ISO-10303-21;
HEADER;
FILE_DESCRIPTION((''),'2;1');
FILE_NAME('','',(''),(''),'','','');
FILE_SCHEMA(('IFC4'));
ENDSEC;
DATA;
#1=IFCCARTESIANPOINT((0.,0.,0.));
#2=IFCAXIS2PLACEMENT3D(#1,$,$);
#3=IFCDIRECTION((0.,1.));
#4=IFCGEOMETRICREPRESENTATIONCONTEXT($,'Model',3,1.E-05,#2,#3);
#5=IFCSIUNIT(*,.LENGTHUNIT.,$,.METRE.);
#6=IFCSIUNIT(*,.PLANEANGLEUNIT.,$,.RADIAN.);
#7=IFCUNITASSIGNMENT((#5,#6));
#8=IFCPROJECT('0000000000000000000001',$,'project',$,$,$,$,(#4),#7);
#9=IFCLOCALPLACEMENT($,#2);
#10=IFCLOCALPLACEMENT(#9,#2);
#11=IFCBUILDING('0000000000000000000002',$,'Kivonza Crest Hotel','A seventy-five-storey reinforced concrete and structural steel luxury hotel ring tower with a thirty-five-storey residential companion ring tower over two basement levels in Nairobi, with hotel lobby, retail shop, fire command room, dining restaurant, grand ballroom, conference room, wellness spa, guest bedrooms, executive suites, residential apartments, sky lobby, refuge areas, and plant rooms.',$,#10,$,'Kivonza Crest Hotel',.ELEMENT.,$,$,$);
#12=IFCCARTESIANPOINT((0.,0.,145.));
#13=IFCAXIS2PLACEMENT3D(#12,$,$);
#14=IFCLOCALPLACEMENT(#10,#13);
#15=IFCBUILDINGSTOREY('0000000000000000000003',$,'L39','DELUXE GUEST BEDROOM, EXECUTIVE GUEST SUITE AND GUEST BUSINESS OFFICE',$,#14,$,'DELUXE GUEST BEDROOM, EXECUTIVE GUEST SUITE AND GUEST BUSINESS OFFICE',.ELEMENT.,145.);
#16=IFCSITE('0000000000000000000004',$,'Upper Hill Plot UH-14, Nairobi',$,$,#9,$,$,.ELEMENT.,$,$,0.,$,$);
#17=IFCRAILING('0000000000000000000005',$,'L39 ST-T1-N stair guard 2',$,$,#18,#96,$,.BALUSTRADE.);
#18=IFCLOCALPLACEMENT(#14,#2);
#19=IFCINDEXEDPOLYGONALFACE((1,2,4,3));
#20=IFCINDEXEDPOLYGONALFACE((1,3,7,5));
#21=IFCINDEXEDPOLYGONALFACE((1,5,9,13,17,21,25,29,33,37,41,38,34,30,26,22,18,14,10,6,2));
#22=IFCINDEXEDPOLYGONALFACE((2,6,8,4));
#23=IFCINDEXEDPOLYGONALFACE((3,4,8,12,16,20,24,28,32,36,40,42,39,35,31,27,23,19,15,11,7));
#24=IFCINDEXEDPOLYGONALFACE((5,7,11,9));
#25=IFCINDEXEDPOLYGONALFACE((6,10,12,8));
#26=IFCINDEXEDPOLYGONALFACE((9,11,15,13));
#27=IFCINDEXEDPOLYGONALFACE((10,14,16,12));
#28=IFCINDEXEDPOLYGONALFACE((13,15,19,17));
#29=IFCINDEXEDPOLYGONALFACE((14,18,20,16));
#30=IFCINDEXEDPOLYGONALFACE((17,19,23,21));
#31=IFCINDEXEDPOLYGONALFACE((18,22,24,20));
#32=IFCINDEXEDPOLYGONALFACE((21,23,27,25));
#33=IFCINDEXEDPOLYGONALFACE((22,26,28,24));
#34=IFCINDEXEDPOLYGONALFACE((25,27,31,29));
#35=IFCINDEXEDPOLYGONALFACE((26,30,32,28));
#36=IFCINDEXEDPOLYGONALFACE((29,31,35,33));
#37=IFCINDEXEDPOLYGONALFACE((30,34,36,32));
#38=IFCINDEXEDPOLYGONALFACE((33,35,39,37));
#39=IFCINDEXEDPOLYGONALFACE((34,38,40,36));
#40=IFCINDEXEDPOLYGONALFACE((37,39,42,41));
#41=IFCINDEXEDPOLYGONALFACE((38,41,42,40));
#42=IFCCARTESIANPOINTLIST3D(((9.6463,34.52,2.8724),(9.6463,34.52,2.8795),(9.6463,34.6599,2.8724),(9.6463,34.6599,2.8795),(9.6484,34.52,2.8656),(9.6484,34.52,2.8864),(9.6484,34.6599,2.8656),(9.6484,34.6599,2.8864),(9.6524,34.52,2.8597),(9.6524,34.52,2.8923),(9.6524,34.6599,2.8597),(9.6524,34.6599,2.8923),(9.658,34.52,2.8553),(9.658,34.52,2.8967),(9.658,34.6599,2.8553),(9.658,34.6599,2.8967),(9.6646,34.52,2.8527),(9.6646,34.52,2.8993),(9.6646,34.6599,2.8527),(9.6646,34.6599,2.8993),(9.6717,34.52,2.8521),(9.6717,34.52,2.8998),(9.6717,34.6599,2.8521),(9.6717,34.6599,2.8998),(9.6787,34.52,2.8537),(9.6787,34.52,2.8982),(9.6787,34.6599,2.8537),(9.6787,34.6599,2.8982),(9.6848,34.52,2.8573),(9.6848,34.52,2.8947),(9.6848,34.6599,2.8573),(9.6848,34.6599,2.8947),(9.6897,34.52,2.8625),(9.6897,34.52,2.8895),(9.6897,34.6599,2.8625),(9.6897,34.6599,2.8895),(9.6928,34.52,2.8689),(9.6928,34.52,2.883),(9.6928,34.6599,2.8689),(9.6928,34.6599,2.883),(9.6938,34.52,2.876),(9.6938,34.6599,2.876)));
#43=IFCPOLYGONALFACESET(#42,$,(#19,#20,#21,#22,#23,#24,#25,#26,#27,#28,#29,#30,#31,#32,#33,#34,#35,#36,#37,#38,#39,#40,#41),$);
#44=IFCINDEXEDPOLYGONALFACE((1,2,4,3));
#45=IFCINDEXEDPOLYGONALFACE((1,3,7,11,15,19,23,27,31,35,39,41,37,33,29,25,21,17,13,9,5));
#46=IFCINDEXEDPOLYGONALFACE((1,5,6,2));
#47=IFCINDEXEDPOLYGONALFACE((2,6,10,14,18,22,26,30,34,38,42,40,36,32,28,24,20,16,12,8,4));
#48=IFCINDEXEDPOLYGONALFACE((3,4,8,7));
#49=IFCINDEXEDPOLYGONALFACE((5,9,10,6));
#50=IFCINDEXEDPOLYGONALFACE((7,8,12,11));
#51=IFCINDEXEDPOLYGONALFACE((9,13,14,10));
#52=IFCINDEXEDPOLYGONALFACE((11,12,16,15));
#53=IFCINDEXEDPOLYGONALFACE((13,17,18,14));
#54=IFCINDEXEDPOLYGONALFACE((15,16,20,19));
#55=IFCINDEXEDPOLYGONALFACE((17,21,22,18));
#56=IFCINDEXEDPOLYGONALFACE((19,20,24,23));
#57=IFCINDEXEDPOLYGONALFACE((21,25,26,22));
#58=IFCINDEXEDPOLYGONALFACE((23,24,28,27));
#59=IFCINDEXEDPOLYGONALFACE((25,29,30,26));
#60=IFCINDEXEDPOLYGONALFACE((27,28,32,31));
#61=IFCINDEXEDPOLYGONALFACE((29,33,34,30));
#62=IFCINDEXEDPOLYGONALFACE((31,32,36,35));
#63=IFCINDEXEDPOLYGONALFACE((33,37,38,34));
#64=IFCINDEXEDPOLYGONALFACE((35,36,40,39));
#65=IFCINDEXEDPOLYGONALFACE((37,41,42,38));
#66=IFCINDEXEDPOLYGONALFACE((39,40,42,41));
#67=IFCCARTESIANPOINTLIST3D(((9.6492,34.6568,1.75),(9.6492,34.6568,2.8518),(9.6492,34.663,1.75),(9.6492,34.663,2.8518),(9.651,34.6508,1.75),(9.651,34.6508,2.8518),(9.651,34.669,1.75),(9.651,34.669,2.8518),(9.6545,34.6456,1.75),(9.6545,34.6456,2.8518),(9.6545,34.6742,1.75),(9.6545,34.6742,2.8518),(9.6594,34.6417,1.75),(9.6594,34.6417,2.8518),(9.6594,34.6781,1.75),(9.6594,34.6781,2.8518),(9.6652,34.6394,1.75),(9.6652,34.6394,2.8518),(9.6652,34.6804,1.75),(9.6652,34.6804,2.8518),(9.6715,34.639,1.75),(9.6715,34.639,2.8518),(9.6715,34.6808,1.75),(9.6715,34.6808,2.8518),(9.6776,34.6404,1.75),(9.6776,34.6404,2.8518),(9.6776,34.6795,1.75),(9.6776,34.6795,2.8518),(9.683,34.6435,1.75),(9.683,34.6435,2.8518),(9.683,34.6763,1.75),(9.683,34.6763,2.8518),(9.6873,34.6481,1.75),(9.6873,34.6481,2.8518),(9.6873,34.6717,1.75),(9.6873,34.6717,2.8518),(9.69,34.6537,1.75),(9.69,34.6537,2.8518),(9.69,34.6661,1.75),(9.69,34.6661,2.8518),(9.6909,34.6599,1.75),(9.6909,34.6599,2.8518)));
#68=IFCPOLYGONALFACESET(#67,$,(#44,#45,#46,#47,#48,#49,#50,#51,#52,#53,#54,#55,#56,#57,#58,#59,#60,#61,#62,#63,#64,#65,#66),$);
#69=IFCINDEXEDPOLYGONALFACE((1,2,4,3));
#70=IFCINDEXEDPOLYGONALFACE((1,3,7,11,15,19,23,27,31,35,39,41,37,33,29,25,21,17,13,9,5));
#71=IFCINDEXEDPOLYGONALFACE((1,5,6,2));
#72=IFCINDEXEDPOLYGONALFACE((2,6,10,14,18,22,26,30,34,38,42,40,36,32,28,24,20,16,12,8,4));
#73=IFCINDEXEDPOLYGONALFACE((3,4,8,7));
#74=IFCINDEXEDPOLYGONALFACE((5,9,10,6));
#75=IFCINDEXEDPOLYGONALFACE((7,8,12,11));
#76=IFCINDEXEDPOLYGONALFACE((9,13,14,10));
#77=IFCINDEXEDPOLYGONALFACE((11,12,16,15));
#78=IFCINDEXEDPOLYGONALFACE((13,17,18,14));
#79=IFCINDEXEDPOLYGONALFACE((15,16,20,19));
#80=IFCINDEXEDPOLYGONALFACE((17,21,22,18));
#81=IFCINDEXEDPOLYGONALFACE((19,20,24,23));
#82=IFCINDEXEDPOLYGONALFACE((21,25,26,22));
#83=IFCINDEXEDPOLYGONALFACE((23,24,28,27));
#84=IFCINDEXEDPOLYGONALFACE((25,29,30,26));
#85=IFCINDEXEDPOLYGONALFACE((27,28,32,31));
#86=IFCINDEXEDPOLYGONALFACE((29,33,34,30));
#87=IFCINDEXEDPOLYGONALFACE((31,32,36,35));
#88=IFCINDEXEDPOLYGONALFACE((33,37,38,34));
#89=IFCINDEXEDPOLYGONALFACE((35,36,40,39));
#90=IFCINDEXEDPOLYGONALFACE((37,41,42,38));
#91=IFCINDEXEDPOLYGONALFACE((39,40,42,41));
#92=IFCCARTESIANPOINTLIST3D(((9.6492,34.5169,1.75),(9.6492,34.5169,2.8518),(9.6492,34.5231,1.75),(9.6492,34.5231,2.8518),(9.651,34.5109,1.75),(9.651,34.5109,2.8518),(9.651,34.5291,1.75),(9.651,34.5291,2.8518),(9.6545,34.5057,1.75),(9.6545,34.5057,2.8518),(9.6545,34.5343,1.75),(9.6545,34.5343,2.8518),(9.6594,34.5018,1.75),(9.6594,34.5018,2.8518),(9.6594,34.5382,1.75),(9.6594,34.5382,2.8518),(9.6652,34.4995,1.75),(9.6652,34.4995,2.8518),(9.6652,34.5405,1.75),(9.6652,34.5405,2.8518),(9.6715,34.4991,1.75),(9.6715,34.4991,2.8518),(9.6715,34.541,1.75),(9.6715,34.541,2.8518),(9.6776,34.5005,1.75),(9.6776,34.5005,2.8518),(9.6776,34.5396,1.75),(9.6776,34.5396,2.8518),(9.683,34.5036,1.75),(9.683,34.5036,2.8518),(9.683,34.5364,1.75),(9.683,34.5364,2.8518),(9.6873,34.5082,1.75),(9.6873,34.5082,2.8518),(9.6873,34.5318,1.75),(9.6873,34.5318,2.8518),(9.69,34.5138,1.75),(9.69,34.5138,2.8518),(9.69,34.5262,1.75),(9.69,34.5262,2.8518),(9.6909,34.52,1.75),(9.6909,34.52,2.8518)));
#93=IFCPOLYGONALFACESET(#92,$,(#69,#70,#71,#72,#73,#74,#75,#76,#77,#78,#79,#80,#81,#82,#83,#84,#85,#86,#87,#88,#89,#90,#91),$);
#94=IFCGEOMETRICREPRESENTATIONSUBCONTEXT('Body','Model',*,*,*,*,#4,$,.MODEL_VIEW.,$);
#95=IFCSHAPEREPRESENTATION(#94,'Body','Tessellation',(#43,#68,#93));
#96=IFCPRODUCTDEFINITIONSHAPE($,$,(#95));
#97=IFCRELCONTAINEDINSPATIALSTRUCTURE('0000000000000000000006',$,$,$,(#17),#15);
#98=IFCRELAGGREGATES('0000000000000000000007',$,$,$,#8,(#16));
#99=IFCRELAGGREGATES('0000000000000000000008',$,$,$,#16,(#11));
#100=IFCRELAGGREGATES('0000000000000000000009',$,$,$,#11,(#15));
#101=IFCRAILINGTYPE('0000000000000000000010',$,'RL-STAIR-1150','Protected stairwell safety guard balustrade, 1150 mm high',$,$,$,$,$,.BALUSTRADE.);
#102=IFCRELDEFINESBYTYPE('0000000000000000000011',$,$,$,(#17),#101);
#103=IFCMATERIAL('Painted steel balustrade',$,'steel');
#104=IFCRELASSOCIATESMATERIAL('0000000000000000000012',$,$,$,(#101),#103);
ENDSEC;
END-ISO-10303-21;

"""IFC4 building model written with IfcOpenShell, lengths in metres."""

from ifc_helpers import new_model, si_unit, direction, frame, origin, origin_2d, place, context, subcontext, project, spatial, circle, extrude, material, type_object, element, save


model = new_model("IFC4")

# Units and contexts
model_context = context("Model", 3, precision=1e-05, world=origin(), true_north=direction((0.0, 1.0)))
body_context = subcontext(model_context, "Body", "Model", "MODEL_VIEW")
ifc_project = project(units=[si_unit("LENGTHUNIT", "METRE"), si_unit("PLANEANGLEUNIT", "RADIAN")], contexts=[model_context])

# Site, building, storey
site_placement = place(None, origin())
site = spatial("IfcSite", under=ifc_project, at=site_placement, Name="Upper Hill Plot UH-14, Nairobi", CompositionType="ELEMENT", RefElevation=0.0)
building_placement = place(site_placement, origin())
building = spatial("IfcBuilding", under=site, at=building_placement, Name="Kivonza Crest Hotel", Description="A seventy-five-storey reinforced concrete and structural steel luxury hotel ring tower with a thirty-five-storey residential companion ring tower over two basement levels in Nairobi, with hotel lobby, retail shop, fire command room, dining restaurant, grand ballroom, conference room, wellness spa, guest bedrooms, executive suites, residential apartments, sky lobby, refuge areas, and plant rooms.", LongName="Kivonza Crest Hotel", CompositionType="ELEMENT")
storey_placement = place(building_placement, frame((0.0, 0.0, 145.0)))
storey = spatial("IfcBuildingStorey", under=building, at=storey_placement, Name="L39", Description="DELUXE GUEST BEDROOM, EXECUTIVE GUEST SUITE AND GUEST BUSINESS OFFICE", LongName="DELUXE GUEST BEDROOM, EXECUTIVE GUEST SUITE AND GUEST BUSINESS OFFICE", CompositionType="ELEMENT", Elevation=145.0)

# Railing
ifc_material_1 = material(Name="Painted steel balustrade", Category="steel")
railing_type_1 = type_object("IfcRailingType", Name="RL-STAIR-1150", Description="Protected stairwell safety guard balustrade, 1150 mm high", PredefinedType="BALUSTRADE", material=ifc_material_1)
railing_1_placement = place(storey_placement, frame((9.6699, 34.6599, 1.75)))
element("IfcRailing", 1, at=railing_1_placement, inside=storey, type_object=railing_type_1, Name="L39 ST-T1-N stair guard 2", PredefinedType="BALUSTRADE", context=body_context, shape_type="SweptSolid", body=[
    extrude(circle(Radius=0.0239, at=origin_2d()), frame((0.0, 0.0, 1.126), z_axis=(0.0, -1.0, 0.0), x_axis=(1.0, 0.0, 0.0)), (0.0, 0.0, 1.0), 0.1399),
    extrude(circle(Radius=0.021, at=origin_2d()), origin(), (0.0, 0.0, 1.0), 1.1018),
    extrude(circle(Radius=0.021, at=origin_2d()), frame((0.0, -0.1399, 0.0)), (0.0, 0.0, 1.0), 1.1018),
])

save(model, "model.ifc")
